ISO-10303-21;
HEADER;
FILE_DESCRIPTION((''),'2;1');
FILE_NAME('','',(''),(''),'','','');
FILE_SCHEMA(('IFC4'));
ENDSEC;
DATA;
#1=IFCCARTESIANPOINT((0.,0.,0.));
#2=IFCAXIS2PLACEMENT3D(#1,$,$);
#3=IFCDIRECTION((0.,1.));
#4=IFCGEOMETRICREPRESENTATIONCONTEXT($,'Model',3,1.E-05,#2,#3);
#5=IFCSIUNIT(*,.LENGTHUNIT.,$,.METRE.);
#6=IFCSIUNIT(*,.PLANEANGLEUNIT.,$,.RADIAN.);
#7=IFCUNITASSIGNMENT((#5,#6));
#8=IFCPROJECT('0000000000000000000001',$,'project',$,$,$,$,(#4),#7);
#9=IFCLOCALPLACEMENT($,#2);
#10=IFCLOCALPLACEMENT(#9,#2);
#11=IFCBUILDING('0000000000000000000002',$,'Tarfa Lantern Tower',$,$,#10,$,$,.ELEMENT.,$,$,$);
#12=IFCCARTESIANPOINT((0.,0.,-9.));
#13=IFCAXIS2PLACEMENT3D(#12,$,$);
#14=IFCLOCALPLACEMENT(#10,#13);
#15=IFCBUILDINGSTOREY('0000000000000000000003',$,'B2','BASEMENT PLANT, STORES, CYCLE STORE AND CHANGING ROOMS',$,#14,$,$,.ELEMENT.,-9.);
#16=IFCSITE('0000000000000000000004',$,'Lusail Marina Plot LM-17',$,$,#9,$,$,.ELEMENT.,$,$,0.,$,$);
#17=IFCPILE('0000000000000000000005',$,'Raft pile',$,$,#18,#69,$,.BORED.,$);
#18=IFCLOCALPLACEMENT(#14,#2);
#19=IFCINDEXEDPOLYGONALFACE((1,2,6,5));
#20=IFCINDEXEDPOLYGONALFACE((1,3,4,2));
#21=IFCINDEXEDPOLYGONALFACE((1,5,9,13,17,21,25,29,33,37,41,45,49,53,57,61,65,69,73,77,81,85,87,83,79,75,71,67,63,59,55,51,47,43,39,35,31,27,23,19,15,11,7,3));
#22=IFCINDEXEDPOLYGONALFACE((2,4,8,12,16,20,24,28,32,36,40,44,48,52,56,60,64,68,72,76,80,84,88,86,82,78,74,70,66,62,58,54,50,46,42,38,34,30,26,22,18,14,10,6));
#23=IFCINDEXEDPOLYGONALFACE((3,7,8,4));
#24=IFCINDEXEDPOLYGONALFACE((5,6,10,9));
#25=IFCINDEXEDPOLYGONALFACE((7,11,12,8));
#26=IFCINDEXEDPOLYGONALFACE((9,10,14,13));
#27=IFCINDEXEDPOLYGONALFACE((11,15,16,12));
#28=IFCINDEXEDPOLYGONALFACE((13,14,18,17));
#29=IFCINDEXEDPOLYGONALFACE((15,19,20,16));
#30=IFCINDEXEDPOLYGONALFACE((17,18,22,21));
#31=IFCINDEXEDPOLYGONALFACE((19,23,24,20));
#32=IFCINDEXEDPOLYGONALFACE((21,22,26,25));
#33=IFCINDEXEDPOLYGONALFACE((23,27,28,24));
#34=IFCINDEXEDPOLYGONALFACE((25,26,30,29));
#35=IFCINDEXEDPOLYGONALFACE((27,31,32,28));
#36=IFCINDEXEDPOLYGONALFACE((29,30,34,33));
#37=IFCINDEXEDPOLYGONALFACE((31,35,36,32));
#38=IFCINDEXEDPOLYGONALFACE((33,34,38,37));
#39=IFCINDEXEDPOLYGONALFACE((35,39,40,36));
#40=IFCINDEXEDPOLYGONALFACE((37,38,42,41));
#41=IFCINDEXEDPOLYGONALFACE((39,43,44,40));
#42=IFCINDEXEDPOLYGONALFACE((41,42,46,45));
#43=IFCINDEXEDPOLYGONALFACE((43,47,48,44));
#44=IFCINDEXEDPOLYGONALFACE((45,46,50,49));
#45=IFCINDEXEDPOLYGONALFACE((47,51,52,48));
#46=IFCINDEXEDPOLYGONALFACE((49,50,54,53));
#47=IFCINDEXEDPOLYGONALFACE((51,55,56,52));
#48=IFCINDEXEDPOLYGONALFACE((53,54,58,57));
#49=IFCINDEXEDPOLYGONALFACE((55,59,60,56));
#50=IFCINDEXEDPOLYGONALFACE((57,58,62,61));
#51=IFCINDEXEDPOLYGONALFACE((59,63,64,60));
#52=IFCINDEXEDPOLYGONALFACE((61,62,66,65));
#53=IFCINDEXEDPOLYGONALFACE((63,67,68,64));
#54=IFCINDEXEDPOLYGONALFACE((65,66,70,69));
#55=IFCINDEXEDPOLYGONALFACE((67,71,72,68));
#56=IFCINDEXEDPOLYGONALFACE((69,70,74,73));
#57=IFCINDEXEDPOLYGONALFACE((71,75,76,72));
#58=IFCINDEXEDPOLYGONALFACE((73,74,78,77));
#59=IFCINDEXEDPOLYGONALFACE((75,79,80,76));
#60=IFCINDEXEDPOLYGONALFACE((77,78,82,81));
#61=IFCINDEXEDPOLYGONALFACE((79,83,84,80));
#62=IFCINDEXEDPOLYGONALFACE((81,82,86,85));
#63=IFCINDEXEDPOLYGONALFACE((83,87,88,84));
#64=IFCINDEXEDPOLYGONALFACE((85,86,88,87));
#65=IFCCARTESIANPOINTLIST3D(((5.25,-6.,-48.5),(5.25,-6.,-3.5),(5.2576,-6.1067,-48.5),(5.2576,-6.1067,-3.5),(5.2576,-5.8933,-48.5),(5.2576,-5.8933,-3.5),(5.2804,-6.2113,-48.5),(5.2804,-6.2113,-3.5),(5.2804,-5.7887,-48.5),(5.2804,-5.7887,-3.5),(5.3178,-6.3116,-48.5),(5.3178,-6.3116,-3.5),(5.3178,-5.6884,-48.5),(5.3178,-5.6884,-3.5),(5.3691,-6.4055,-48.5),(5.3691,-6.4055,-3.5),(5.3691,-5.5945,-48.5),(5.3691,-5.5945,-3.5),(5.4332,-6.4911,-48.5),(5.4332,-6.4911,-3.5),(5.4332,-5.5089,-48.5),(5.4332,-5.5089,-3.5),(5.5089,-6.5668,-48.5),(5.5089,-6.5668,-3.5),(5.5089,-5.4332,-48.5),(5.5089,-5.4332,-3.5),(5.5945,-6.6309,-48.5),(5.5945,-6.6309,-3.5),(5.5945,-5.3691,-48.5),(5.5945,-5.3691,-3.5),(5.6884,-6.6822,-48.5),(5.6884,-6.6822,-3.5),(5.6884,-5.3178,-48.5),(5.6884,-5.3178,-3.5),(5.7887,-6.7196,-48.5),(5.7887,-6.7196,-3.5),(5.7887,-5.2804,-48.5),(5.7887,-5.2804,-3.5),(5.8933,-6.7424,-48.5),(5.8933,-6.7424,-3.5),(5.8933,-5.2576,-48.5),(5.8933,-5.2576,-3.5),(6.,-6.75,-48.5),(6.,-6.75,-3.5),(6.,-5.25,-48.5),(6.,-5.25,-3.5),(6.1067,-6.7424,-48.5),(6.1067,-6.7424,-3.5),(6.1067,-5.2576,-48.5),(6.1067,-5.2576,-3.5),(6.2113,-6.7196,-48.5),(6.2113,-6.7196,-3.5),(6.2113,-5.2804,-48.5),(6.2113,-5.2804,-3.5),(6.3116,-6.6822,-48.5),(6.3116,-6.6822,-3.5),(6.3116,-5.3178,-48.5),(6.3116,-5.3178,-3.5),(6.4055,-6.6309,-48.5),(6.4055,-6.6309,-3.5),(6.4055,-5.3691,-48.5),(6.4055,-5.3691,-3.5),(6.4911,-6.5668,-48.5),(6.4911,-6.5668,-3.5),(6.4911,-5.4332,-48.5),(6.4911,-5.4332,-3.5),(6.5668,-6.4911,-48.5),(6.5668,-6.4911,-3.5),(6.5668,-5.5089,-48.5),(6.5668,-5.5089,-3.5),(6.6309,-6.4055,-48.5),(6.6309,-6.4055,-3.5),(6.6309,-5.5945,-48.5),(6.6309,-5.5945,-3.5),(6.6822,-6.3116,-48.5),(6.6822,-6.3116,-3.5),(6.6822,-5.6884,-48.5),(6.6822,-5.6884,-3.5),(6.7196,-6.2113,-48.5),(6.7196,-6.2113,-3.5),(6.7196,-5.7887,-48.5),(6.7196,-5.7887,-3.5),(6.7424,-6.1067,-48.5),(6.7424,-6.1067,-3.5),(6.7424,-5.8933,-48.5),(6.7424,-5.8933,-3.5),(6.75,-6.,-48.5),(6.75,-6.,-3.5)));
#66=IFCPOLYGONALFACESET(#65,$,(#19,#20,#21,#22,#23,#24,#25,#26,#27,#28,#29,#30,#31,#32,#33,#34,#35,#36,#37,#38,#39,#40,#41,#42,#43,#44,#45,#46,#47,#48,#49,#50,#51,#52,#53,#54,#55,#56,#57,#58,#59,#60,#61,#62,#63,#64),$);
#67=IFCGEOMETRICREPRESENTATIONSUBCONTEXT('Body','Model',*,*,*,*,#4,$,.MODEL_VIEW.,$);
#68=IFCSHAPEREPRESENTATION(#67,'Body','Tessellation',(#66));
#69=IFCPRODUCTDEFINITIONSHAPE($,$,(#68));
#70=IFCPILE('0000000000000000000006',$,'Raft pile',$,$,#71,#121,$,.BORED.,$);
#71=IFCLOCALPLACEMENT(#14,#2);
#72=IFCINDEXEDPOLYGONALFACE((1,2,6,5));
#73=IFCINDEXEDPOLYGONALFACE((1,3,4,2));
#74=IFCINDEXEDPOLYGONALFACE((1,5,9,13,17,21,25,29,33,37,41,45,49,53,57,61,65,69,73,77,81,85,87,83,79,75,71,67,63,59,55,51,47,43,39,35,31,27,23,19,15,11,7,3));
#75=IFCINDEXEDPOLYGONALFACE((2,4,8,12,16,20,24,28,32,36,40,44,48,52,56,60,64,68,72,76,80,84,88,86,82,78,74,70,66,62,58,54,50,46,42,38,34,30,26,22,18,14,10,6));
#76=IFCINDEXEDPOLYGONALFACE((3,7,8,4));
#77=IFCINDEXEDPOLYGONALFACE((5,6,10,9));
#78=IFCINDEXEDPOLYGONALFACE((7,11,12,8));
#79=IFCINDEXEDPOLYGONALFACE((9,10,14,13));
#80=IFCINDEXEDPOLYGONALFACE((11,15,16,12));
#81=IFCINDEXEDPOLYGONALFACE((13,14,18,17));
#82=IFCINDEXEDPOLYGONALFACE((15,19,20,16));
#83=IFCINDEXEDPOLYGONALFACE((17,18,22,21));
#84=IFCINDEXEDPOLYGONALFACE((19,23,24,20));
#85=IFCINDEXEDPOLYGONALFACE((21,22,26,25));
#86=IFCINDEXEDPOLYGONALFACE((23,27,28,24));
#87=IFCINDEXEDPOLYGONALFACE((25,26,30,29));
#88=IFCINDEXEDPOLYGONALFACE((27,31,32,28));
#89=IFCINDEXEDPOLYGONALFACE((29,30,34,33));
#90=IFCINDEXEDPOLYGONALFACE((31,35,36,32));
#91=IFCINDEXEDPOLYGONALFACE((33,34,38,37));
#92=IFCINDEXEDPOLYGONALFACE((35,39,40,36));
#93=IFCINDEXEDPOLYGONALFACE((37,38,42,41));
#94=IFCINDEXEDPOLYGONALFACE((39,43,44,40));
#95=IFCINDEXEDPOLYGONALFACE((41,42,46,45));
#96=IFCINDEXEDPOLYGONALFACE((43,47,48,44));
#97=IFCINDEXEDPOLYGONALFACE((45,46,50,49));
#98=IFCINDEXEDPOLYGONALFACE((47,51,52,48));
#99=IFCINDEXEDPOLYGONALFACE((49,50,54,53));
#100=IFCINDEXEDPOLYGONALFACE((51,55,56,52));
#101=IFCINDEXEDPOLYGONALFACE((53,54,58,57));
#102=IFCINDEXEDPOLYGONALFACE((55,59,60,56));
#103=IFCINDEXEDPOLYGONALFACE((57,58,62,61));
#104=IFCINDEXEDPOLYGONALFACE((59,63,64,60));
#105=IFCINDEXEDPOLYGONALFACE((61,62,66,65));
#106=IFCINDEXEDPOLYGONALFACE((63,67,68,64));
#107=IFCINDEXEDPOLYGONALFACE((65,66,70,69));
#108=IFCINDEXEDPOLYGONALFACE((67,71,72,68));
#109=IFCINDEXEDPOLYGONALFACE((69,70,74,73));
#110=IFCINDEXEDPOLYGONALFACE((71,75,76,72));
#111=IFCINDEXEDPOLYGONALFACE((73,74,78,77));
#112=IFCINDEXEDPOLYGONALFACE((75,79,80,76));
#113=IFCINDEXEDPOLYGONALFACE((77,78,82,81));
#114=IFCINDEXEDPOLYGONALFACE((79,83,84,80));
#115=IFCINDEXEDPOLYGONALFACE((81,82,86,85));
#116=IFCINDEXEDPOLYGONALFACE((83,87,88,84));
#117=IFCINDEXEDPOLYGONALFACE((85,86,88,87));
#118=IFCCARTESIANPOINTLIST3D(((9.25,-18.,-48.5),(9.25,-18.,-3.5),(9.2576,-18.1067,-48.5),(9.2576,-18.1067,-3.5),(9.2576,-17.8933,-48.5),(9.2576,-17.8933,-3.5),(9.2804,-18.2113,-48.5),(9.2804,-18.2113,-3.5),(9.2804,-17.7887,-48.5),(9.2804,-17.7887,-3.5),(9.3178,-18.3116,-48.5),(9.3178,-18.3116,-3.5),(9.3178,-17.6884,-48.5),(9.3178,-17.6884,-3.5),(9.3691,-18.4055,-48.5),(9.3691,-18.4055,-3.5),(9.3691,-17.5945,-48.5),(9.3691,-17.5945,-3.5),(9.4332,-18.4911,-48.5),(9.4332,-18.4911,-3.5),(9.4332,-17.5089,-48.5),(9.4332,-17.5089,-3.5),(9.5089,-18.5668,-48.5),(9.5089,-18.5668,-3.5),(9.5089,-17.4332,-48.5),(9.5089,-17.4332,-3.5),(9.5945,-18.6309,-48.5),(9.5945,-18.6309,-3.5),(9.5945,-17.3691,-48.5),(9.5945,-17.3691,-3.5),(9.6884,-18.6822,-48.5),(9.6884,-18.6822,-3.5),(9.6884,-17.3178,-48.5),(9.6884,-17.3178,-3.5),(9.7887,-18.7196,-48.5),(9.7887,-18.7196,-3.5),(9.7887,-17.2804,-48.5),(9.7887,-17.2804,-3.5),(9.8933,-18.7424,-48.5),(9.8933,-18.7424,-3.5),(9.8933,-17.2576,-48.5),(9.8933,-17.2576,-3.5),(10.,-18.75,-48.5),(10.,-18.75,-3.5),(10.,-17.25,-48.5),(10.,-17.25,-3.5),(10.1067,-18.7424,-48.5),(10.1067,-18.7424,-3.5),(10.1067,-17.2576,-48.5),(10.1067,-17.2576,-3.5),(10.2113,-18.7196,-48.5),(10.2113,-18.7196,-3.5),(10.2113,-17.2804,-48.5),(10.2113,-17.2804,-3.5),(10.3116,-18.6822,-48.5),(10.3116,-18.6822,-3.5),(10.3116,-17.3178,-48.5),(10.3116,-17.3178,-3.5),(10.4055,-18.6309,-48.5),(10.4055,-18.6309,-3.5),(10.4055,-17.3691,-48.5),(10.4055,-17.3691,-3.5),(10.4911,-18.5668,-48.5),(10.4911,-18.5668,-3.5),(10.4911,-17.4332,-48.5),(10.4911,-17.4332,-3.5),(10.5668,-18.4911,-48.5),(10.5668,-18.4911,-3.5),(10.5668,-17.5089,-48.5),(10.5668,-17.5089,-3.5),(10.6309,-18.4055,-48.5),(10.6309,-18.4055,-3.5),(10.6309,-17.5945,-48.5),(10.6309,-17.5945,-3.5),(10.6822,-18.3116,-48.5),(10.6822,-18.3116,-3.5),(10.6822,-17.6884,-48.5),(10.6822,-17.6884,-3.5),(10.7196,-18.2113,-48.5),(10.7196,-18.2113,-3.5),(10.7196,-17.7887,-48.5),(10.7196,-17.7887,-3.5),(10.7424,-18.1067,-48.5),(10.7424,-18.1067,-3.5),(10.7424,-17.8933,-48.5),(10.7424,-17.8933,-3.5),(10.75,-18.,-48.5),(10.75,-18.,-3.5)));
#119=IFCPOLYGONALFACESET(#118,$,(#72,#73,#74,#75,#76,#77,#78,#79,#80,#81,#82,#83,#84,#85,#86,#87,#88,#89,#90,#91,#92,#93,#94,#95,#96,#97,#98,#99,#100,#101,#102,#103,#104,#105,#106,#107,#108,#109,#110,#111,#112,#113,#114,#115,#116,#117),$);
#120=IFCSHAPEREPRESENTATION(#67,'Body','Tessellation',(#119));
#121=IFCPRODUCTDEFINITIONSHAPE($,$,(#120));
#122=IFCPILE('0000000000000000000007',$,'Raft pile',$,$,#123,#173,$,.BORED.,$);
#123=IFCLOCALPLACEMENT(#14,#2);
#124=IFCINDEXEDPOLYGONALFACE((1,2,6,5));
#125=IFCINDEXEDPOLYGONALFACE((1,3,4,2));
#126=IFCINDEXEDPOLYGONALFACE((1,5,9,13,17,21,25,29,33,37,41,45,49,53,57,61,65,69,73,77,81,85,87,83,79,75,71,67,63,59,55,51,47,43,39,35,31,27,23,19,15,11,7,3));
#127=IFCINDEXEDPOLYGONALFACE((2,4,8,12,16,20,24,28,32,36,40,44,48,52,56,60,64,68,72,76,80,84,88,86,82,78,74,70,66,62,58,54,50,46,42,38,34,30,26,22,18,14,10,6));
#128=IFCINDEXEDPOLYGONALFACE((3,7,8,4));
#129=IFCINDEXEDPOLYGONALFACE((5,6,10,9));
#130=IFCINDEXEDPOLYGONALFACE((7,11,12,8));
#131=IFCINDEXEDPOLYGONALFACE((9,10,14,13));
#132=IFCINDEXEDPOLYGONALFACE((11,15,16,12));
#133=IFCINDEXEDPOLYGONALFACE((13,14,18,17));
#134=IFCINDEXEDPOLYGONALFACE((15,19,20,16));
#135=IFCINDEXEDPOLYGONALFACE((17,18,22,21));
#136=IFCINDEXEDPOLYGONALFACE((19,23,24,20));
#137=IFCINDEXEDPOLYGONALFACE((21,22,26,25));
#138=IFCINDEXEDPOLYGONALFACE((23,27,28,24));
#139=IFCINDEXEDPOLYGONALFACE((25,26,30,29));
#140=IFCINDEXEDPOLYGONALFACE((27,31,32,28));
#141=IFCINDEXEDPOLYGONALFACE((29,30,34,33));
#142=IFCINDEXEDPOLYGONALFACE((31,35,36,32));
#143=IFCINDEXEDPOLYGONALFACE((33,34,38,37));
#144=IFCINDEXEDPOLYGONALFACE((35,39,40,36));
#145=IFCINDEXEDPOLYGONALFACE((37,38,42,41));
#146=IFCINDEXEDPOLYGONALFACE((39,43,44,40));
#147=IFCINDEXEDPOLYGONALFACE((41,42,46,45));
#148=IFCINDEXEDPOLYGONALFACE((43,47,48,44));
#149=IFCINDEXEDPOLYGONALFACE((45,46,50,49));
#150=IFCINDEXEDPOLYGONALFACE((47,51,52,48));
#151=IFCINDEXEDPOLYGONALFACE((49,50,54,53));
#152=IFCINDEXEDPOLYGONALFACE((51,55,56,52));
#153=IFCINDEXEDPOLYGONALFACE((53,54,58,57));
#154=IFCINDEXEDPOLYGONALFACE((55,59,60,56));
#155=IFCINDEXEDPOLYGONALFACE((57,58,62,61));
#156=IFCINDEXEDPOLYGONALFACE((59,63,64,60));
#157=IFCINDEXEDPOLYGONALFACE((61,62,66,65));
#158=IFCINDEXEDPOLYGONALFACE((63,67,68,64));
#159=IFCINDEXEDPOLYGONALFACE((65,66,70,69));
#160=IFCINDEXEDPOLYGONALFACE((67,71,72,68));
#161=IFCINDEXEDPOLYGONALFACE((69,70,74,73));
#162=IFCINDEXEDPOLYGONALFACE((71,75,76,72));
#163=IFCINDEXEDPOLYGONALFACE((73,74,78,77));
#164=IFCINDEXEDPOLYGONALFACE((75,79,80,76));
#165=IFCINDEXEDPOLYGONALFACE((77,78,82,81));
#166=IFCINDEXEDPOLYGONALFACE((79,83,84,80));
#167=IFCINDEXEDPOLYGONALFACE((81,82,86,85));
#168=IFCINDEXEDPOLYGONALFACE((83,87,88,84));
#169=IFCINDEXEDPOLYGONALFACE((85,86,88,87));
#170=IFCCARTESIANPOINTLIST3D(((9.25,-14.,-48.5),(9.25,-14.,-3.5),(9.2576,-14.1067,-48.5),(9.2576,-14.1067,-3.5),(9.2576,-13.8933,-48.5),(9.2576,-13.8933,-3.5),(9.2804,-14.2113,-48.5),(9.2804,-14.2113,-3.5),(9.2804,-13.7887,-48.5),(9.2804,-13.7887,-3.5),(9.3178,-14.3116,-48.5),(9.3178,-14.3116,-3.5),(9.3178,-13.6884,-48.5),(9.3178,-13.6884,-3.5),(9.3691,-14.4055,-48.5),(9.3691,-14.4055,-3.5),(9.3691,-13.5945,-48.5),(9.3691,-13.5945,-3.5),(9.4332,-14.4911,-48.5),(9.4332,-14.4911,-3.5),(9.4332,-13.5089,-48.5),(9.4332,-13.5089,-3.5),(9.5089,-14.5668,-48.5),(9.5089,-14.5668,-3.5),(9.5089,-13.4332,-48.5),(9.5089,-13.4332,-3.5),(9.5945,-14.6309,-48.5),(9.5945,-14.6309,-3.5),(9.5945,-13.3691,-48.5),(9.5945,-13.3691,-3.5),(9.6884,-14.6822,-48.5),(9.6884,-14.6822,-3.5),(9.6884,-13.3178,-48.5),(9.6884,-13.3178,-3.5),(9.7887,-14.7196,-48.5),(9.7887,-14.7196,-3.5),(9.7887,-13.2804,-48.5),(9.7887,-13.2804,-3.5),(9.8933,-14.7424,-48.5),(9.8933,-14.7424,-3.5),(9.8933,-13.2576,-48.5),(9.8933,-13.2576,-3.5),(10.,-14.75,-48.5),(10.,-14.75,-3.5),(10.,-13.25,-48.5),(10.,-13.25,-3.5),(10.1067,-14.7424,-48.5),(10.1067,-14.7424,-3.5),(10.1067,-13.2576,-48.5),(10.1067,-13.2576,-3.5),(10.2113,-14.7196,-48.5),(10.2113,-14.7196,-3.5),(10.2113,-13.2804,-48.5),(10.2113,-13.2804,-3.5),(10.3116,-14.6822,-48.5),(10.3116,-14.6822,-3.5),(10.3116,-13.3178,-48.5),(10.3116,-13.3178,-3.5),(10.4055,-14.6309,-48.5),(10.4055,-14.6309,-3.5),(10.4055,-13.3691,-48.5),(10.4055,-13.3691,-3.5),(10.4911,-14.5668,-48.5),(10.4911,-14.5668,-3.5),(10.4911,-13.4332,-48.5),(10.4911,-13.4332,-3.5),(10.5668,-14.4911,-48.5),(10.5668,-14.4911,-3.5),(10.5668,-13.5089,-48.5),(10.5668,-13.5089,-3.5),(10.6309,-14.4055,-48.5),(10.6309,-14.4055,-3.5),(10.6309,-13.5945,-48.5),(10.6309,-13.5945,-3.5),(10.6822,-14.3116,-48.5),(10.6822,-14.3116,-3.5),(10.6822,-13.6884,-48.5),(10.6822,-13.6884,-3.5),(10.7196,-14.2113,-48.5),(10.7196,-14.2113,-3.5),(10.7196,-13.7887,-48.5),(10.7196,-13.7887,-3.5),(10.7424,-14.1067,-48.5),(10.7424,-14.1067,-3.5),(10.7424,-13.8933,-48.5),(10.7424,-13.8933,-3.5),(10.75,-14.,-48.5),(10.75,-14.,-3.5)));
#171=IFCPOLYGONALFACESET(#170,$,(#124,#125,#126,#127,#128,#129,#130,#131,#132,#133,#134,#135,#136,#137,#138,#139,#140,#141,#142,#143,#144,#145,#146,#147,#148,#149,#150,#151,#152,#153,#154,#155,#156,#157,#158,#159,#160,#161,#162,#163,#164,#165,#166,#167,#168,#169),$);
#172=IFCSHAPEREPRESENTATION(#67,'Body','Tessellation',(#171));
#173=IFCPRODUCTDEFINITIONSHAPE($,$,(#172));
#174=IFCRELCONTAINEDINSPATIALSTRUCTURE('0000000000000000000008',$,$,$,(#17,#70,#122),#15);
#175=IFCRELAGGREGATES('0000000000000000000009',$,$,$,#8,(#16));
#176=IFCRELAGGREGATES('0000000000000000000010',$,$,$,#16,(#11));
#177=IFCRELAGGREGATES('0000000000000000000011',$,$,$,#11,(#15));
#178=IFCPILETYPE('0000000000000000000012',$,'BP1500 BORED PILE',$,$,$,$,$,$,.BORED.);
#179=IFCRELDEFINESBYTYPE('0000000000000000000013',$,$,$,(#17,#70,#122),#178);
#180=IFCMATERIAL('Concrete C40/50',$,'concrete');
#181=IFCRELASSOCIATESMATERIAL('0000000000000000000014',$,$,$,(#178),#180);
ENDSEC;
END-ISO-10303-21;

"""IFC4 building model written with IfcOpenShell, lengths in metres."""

from ifc_helpers import new_model, si_unit, direction, frame, origin, origin_2d, place, context, subcontext, project, spatial, circle, extrude, material, material_profile, profile_set, type_object, element, save


model = new_model("IFC4")

# Units and contexts
model_context = context("Model", 3, precision=1e-05, world=origin(), true_north=direction((0.0, 1.0)))
body_context = subcontext(model_context, "Body", "Model", "MODEL_VIEW")
ifc_project = project(units=[si_unit("LENGTHUNIT", "METRE"), si_unit("PLANEANGLEUNIT", "RADIAN")], contexts=[model_context])

# Site, building, storey
site_placement = place(None, origin())
site = spatial("IfcSite", under=ifc_project, at=site_placement, Name="Lusail Marina Plot LM-17", CompositionType="ELEMENT", RefElevation=0.0)
building_placement = place(site_placement, origin())
building = spatial("IfcBuilding", under=site, at=building_placement, Name="Tarfa Lantern Tower", CompositionType="ELEMENT")
storey_placement = place(building_placement, frame((0.0, 0.0, -9.0)))
storey = spatial("IfcBuildingStorey", under=building, at=storey_placement, Name="B2", Description="BASEMENT PLANT, STORES, CYCLE STORE AND CHANGING ROOMS", CompositionType="ELEMENT", Elevation=-9.0)

# Piles
ifc_material_1 = material(Name="Concrete C40/50", Category="concrete")
ifc_material_profile = material_profile(ifc_material_1, circle(Radius=0.75, at=origin_2d()), Name="BORED PILE D1500")
ifc_profile_set = profile_set([ifc_material_profile], Name="Concrete C40/50")
pile_type = type_object("IfcPileType", Name="BP1500 BORED PILE", PredefinedType="BORED", material=ifc_profile_set)
for number, where, z_axis, x_axis, name in (
    (1, (6.0, -6.0, -3.5), (0.0, 0.0, -1.0), (1.0, 0.0, 0.0), "Raft pile"),
    (2, (10.0, -18.0, -3.5), (0.0, 0.0, -1.0), (1.0, 0.0, 0.0), "Raft pile"),
    (3, (10.0, -14.0, -3.5), (0.0, 0.0, -1.0), (1.0, 0.0, 0.0), "Raft pile"),
):
    element("IfcPile", number, at=place(storey_placement, frame(where, z_axis=z_axis, x_axis=x_axis)), inside=storey, type_object=pile_type, Name=name, PredefinedType="BORED", context=body_context, shape_type="SweptSolid", body=[
        extrude(circle(Radius=0.75, at=origin_2d()), origin(), (0.0, 0.0, 1.0), 45.0),
    ])

save(model, "model.ifc")
